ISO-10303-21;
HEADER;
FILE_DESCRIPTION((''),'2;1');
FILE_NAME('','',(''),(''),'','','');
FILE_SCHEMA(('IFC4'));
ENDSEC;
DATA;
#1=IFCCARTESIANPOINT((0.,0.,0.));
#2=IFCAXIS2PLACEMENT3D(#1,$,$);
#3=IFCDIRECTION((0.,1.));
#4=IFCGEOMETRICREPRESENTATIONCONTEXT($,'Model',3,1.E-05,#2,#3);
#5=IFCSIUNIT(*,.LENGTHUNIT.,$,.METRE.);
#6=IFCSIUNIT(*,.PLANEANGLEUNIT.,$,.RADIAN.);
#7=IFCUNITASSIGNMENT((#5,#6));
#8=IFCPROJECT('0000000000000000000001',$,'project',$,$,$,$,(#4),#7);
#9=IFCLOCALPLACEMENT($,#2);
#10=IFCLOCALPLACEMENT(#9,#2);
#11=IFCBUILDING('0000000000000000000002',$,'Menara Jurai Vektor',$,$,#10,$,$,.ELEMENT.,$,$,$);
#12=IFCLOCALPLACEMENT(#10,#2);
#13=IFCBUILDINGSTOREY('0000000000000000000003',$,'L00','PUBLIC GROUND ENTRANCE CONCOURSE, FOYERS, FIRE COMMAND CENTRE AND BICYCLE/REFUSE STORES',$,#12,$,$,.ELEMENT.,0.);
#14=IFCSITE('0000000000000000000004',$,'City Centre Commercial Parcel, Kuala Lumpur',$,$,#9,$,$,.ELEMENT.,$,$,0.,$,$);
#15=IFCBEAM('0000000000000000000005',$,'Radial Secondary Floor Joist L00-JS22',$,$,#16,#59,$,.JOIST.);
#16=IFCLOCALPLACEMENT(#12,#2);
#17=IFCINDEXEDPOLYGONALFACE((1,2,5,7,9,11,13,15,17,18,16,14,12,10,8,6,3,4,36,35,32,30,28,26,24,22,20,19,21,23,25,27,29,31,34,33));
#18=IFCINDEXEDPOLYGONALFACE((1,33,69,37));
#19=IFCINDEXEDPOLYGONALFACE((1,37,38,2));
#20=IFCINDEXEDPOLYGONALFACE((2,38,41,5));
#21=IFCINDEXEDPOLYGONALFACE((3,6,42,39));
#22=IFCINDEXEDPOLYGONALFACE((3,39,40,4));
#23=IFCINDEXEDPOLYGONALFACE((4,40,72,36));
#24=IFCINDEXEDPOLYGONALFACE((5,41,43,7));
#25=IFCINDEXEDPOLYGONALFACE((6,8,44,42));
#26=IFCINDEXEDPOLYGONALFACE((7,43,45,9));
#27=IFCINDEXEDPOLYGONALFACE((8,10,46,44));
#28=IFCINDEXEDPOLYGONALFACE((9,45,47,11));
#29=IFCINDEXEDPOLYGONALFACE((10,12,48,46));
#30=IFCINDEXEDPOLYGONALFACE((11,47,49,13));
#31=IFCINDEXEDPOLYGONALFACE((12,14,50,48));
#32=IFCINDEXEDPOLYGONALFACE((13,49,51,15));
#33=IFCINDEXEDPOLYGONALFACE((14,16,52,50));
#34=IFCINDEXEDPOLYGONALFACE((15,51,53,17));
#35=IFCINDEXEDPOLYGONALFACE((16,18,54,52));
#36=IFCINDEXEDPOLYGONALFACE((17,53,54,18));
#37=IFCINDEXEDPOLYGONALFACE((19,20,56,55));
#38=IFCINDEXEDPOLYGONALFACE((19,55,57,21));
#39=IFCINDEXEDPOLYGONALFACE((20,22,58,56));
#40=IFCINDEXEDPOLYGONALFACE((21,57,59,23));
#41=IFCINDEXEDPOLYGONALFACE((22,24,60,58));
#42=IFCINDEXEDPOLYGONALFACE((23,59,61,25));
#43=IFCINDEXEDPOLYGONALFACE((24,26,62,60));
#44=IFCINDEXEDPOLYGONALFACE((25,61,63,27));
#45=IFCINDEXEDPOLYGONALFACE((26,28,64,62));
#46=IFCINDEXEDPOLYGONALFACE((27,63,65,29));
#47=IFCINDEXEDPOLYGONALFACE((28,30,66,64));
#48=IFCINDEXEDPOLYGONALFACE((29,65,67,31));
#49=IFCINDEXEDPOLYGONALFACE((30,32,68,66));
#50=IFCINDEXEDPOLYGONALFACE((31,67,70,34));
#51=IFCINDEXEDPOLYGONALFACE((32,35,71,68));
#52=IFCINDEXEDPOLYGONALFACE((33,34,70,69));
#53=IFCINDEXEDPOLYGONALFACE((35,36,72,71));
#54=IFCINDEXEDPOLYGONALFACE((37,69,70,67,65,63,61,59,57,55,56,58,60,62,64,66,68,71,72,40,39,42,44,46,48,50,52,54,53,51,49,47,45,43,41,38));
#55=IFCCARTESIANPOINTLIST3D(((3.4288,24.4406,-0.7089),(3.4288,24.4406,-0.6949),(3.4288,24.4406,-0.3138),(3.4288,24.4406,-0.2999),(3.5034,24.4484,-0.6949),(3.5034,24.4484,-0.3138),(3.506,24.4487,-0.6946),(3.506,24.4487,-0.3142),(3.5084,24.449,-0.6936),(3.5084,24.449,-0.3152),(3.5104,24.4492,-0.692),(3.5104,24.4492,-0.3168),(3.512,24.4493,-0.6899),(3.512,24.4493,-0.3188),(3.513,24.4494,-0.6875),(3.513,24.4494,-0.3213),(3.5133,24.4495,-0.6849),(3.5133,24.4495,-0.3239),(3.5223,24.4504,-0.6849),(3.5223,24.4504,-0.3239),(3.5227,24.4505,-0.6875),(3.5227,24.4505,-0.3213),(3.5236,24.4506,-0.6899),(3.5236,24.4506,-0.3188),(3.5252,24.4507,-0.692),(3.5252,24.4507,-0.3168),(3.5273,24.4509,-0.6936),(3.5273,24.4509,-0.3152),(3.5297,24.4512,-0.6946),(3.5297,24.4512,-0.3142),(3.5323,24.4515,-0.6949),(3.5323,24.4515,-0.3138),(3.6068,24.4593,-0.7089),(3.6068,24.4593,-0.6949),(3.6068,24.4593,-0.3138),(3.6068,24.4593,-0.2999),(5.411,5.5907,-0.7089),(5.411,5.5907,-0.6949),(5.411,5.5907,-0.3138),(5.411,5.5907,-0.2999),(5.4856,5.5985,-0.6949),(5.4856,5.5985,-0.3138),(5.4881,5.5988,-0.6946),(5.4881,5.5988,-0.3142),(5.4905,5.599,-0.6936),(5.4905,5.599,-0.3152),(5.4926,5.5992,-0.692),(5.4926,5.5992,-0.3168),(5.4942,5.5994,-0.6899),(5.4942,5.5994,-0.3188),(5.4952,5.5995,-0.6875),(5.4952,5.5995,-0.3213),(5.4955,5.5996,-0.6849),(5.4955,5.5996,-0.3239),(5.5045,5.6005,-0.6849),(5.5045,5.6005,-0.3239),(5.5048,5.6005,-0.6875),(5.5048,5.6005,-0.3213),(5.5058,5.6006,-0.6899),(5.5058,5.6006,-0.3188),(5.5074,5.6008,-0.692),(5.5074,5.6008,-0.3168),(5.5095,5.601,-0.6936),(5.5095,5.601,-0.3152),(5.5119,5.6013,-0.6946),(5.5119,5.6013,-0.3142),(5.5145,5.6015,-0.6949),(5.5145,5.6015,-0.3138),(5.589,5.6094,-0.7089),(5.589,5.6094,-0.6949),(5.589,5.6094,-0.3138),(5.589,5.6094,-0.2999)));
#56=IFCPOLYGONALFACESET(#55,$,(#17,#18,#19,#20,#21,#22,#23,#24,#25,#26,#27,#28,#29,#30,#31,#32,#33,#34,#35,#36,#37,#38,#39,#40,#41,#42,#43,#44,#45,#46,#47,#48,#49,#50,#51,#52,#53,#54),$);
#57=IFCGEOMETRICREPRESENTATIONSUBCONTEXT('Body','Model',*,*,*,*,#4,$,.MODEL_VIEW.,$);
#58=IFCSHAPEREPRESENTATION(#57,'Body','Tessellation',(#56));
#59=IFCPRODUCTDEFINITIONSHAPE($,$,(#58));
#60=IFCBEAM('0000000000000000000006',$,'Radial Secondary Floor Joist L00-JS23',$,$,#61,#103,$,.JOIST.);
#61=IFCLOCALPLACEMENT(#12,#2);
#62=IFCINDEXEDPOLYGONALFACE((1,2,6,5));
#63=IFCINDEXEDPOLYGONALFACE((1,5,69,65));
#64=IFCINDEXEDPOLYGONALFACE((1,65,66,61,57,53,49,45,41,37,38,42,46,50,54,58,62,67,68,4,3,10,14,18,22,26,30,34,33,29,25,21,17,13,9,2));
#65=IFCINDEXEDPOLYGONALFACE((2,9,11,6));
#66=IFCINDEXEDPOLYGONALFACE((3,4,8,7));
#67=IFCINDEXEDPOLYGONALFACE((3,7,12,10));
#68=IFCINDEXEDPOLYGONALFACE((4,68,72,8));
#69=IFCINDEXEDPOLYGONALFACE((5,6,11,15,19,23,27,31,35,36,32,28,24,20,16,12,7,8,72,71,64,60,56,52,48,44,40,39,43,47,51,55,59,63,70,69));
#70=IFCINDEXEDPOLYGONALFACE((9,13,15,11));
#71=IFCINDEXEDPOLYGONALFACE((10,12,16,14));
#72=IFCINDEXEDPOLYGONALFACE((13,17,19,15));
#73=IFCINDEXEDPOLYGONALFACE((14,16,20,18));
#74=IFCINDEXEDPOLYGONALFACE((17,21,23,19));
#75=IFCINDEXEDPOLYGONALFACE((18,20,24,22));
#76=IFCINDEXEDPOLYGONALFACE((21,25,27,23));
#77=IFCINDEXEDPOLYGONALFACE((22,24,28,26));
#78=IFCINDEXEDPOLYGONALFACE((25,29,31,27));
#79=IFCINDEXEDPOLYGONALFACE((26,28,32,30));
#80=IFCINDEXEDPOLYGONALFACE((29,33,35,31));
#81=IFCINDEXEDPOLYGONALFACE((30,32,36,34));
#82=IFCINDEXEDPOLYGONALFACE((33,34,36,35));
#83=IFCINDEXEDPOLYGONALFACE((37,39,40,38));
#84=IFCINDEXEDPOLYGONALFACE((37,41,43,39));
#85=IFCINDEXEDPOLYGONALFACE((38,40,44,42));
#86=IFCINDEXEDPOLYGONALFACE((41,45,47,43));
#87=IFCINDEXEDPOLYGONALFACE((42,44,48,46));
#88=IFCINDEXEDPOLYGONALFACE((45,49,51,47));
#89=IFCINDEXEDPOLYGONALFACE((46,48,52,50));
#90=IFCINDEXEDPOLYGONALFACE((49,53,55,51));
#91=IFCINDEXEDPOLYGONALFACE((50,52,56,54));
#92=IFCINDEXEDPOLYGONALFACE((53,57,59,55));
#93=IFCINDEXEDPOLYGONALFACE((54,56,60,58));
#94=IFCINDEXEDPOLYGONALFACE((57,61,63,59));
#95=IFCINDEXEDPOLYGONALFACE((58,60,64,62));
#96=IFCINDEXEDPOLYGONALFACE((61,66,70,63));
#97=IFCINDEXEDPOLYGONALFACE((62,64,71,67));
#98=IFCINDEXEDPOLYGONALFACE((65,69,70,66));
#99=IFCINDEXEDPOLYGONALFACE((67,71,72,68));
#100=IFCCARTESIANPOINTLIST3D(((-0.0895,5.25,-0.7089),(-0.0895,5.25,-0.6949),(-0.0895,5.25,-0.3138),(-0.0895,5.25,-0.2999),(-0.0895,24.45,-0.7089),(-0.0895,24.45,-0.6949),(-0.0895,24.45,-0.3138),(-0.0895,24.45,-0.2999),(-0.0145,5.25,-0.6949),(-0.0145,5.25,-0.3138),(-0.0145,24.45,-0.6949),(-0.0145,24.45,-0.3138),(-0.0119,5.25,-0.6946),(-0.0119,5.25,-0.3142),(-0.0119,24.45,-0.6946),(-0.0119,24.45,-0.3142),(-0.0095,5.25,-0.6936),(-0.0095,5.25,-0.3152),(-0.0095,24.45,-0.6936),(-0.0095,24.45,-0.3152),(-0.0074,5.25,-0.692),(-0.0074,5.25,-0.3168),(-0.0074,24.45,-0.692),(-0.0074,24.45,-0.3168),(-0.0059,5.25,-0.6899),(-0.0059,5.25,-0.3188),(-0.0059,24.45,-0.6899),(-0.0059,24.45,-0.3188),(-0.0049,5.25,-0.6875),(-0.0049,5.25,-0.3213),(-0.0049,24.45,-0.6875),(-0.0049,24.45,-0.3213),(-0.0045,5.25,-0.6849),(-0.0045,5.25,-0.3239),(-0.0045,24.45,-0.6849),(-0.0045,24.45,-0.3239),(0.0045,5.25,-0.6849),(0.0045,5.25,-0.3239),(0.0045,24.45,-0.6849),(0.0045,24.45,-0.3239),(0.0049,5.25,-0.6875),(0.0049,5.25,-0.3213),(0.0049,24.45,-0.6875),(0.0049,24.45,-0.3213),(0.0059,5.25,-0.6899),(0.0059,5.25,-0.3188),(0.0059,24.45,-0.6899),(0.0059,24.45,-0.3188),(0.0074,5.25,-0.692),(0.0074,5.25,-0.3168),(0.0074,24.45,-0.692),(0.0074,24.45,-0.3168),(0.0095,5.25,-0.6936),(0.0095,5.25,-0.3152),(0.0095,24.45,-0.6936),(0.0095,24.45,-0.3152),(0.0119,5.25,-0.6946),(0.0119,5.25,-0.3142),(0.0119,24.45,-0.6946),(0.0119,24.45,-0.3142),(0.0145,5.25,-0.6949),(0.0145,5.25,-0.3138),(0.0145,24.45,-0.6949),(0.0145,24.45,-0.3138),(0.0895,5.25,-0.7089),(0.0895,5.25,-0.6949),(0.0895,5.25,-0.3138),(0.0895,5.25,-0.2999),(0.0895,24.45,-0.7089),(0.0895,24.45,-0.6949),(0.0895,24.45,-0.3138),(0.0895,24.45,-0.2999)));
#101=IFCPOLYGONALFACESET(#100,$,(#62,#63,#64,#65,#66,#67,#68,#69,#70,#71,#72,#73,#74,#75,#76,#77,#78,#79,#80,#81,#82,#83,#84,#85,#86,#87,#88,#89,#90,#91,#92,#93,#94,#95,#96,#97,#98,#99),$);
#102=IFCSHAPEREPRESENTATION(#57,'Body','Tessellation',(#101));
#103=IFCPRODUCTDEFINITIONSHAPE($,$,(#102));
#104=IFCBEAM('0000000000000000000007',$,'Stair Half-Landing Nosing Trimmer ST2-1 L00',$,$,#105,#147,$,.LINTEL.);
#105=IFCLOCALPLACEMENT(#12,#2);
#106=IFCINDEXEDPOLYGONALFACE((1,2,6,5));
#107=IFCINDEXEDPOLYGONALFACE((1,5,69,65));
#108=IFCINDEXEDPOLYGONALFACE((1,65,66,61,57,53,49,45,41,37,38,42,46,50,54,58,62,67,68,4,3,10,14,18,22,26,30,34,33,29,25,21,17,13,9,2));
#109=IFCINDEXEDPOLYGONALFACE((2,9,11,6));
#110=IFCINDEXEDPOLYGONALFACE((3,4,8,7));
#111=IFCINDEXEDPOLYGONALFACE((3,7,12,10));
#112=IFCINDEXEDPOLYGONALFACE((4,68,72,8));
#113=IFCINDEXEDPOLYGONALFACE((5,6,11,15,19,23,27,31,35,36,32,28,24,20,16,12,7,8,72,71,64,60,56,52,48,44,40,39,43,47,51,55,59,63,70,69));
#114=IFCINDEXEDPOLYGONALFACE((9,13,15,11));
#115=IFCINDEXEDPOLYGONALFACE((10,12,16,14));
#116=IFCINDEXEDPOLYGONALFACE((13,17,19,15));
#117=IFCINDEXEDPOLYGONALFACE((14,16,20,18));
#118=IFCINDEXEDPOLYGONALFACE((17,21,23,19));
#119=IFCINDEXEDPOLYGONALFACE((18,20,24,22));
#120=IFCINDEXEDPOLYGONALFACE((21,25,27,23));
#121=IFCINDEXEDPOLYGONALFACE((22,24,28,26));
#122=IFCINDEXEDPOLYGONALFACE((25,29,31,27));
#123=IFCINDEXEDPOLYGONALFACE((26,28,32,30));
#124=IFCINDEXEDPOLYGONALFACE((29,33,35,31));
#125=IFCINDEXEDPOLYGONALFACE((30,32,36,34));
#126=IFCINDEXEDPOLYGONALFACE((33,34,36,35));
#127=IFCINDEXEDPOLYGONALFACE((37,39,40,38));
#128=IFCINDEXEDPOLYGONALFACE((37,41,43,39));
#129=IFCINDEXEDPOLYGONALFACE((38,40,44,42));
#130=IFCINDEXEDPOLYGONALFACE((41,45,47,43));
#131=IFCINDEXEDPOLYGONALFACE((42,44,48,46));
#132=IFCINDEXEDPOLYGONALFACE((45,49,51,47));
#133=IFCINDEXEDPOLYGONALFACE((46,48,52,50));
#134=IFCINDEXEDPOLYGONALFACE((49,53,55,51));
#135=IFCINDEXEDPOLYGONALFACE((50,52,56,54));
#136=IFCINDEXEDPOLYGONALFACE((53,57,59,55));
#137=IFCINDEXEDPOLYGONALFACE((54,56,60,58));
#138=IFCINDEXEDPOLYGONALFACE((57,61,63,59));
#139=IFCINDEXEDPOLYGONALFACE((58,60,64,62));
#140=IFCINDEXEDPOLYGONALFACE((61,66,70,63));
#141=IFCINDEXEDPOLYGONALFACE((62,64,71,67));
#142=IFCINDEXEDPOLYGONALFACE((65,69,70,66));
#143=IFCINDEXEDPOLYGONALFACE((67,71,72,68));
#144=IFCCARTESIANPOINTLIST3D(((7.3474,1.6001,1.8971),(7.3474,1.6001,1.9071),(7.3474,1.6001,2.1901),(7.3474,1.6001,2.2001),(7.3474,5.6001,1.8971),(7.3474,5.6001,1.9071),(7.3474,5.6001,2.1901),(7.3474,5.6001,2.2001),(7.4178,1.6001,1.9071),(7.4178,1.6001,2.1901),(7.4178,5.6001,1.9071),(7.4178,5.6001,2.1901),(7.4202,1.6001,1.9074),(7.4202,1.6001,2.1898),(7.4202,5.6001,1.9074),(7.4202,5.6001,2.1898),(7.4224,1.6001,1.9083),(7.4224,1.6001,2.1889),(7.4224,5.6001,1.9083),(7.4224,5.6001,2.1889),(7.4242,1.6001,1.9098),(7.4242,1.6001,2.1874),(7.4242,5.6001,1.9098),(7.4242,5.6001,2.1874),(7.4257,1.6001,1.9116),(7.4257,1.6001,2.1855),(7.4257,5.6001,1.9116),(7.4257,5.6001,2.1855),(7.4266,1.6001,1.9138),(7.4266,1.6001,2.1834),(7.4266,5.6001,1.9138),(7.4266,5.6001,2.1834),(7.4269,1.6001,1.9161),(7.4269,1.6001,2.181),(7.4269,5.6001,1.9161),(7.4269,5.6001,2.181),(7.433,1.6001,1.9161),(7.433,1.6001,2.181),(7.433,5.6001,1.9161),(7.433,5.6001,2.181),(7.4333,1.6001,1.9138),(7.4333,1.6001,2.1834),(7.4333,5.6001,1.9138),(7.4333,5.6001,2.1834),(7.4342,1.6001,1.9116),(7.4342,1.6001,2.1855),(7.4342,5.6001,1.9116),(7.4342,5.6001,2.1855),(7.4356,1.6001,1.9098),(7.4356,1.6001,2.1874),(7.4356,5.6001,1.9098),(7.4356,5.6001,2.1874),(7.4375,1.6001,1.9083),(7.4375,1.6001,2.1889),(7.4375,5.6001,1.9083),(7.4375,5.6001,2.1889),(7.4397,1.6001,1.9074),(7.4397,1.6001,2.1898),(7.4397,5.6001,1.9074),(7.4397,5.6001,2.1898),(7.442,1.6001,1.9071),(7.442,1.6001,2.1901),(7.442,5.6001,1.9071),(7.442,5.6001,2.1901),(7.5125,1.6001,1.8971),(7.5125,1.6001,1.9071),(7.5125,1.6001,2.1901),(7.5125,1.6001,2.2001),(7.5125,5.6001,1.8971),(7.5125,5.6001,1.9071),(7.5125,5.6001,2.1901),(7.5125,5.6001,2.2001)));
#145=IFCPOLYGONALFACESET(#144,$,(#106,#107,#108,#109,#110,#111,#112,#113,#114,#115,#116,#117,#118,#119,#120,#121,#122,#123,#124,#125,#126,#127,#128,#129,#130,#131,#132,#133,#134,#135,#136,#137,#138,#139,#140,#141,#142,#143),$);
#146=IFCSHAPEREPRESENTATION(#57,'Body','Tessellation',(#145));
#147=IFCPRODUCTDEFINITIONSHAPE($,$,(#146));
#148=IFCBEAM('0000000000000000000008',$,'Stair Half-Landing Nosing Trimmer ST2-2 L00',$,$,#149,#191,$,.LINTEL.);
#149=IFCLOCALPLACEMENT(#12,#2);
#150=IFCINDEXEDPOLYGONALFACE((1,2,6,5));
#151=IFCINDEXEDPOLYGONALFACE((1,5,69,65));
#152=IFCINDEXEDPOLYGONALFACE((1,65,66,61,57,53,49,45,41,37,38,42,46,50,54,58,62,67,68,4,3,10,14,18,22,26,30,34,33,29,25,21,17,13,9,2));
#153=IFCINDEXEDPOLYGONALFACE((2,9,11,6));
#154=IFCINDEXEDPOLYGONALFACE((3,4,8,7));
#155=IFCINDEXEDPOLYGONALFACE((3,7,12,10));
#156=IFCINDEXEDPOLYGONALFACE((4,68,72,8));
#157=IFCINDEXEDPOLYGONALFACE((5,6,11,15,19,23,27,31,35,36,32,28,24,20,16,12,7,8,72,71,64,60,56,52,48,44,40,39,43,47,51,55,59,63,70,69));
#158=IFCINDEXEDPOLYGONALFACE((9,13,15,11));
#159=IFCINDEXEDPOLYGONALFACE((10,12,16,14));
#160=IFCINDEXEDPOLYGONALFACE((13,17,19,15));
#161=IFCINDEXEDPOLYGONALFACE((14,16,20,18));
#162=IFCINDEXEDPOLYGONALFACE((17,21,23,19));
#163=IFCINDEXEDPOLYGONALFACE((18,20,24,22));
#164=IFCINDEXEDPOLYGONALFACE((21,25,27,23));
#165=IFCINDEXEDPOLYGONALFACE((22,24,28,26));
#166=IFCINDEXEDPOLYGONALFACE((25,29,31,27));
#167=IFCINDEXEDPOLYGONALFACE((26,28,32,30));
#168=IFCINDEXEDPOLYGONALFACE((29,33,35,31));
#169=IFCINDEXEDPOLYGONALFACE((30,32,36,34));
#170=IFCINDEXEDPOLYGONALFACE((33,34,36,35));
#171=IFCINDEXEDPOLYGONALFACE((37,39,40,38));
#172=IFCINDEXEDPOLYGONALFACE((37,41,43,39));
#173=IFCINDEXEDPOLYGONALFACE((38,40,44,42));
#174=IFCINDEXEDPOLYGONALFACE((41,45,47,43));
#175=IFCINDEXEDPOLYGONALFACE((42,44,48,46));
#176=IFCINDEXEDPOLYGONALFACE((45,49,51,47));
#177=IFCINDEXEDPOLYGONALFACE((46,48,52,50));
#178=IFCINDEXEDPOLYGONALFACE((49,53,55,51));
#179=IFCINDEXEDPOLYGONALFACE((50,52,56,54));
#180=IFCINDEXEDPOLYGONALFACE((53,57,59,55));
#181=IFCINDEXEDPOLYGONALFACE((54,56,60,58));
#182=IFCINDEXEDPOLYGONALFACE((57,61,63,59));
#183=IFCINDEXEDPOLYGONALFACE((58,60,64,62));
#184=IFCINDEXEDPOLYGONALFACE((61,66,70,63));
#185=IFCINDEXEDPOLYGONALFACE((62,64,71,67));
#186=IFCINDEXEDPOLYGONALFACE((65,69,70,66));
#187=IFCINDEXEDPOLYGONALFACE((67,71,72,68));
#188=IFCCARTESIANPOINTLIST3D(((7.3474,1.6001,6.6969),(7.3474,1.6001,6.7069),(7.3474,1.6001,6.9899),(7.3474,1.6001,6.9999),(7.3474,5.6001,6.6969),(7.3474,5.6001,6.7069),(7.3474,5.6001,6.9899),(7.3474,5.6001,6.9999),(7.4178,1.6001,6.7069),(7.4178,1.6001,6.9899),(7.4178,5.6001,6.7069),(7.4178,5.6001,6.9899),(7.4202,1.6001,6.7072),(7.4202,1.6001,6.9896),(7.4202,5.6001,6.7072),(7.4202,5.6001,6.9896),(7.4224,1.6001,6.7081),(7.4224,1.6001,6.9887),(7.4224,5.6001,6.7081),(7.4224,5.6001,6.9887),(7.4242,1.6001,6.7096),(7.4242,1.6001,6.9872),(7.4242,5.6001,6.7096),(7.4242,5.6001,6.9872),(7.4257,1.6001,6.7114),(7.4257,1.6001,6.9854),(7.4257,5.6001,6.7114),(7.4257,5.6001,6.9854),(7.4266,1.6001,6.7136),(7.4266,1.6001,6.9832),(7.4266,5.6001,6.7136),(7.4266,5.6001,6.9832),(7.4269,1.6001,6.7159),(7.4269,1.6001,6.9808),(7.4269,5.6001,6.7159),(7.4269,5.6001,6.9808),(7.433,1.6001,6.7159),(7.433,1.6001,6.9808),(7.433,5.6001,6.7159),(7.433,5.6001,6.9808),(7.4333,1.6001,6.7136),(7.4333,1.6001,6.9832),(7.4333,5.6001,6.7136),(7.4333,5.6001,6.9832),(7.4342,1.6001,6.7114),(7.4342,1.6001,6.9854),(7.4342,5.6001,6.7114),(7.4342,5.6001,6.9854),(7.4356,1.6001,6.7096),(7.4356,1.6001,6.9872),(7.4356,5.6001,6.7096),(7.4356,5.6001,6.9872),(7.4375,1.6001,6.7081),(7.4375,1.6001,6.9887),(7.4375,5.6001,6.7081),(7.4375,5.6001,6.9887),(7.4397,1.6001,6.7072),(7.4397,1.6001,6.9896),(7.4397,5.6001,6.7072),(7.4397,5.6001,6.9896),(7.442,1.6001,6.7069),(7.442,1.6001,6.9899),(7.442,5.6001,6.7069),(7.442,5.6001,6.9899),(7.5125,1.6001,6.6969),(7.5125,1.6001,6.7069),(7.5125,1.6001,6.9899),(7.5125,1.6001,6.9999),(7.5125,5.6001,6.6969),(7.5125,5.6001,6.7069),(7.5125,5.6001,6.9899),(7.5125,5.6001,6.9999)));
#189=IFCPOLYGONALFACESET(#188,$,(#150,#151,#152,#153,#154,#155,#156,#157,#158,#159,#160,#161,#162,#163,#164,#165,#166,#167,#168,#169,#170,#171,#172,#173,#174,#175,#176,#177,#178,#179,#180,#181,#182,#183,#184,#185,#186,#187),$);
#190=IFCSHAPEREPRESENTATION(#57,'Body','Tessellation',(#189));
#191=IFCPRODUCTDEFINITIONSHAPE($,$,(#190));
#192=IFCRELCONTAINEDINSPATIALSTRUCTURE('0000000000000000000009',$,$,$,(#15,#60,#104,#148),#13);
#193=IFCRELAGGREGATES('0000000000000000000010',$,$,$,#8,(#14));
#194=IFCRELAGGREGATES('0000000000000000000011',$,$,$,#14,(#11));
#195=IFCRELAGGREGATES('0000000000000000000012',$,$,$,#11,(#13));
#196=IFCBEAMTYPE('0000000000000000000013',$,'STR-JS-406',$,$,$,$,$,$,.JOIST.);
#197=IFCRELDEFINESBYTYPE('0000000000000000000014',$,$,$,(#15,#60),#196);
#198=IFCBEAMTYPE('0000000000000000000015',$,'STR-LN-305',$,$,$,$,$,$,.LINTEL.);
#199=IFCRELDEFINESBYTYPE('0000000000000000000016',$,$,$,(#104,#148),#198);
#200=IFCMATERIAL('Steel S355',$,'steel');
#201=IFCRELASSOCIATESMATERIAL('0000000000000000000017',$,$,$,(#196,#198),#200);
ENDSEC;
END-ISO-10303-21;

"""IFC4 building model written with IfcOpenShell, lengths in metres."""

from ifc_helpers import new_model, si_unit, direction, frame, origin, origin_2d, place, context, subcontext, project, spatial, i_section, extrude, material, material_profile, profile_set, type_object, element, save


model = new_model("IFC4")

# Units and contexts
model_context = context("Model", 3, precision=1e-05, world=origin(), true_north=direction((0.0, 1.0)))
body_context = subcontext(model_context, "Body", "Model", "MODEL_VIEW")
ifc_project = project(units=[si_unit("LENGTHUNIT", "METRE"), si_unit("PLANEANGLEUNIT", "RADIAN")], contexts=[model_context])

# Site, building, storey
site_placement = place(None, origin())
site = spatial("IfcSite", under=ifc_project, at=site_placement, Name="City Centre Commercial Parcel, Kuala Lumpur", CompositionType="ELEMENT", RefElevation=0.0)
building_placement = place(site_placement, origin())
building = spatial("IfcBuilding", under=site, at=building_placement, Name="Menara Jurai Vektor", CompositionType="ELEMENT")
storey_placement = place(building_placement, origin())
storey = spatial("IfcBuildingStorey", under=building, at=storey_placement, Name="L00", Description="PUBLIC GROUND ENTRANCE CONCOURSE, FOYERS, FIRE COMMAND CENTRE AND BICYCLE/REFUSE STORES", CompositionType="ELEMENT", Elevation=0.0)

# Beams
ifc_material_1 = material(Name="Steel S355", Category="steel")
ifc_material_profile_1 = material_profile(ifc_material_1, i_section(OverallWidth=0.179, OverallDepth=0.4089, WebThickness=0.009, FlangeThickness=0.0139, FilletRadius=0.01, at=origin_2d()), Name="UKB 406x178x67")
ifc_profile_set_1 = profile_set([ifc_material_profile_1], Name="Steel S355")
beam_type_1 = type_object("IfcBeamType", Name="STR-JS-406", PredefinedType="JOIST", material=ifc_profile_set_1)
beam_1_placement = place(storey_placement, frame((3.5178, 24.45, -0.5044), z_axis=(0.10458, -0.994517, 0.0), x_axis=(0.994517, 0.10458, 0.0)))
element("IfcBeam", 1, at=beam_1_placement, inside=storey, type_object=beam_type_1, Name="Radial Secondary Floor Joist L00-JS22", PredefinedType="JOIST", context=body_context, shape_type="SweptSolid", body=[
    extrude(i_section(OverallWidth=0.179, OverallDepth=0.4089, WebThickness=0.009, FlangeThickness=0.0139, FilletRadius=0.01, at=origin_2d()), origin(), (0.0, 0.0, 1.0), 18.9539),
])
beam_2_placement = place(storey_placement, frame((0.0, 24.45, -0.5044), z_axis=(0.0, -1.0, 0.0), x_axis=(1.0, 0.0, 0.0)))
element("IfcBeam", 2, at=beam_2_placement, inside=storey, type_object=beam_type_1, Name="Radial Secondary Floor Joist L00-JS23", PredefinedType="JOIST", context=body_context, shape_type="SweptSolid", body=[
    extrude(i_section(OverallWidth=0.179, OverallDepth=0.4089, WebThickness=0.009, FlangeThickness=0.0139, FilletRadius=0.01, at=origin_2d()), origin(), (0.0, 0.0, 1.0), 19.2),
])
ifc_material_profile_2 = material_profile(ifc_material_1, i_section(OverallWidth=0.165, OverallDepth=0.303, WebThickness=0.0061, FlangeThickness=0.01, FilletRadius=0.009, at=origin_2d()), Name="UKB 305x165x40")
ifc_profile_set_2 = profile_set([ifc_material_profile_2], Name="Steel S355")
beam_type_2 = type_object("IfcBeamType", Name="STR-LN-305", PredefinedType="LINTEL", material=ifc_profile_set_2)
for number, where, z_axis, x_axis, name in (
    (3, (7.4299, 1.6001, 2.0486), (0.0, 1.0, 0.0), (-1.0, 0.0, 0.0), "Stair Half-Landing Nosing Trimmer ST2-1 L00"),
    (4, (7.4299, 1.6001, 6.8484), (0.0, 1.0, 0.0), (-1.0, 0.0, 0.0), "Stair Half-Landing Nosing Trimmer ST2-2 L00"),
):
    element("IfcBeam", number, at=place(storey_placement, frame(where, z_axis=z_axis, x_axis=x_axis)), inside=storey, type_object=beam_type_2, Name=name, PredefinedType="LINTEL", context=body_context, shape_type="SweptSolid", body=[
        extrude(i_section(OverallWidth=0.165, OverallDepth=0.303, WebThickness=0.0061, FlangeThickness=0.01, FilletRadius=0.009, at=origin_2d()), origin(), (0.0, 0.0, 1.0), 4.0),
    ])

save(model, "model.ifc")
